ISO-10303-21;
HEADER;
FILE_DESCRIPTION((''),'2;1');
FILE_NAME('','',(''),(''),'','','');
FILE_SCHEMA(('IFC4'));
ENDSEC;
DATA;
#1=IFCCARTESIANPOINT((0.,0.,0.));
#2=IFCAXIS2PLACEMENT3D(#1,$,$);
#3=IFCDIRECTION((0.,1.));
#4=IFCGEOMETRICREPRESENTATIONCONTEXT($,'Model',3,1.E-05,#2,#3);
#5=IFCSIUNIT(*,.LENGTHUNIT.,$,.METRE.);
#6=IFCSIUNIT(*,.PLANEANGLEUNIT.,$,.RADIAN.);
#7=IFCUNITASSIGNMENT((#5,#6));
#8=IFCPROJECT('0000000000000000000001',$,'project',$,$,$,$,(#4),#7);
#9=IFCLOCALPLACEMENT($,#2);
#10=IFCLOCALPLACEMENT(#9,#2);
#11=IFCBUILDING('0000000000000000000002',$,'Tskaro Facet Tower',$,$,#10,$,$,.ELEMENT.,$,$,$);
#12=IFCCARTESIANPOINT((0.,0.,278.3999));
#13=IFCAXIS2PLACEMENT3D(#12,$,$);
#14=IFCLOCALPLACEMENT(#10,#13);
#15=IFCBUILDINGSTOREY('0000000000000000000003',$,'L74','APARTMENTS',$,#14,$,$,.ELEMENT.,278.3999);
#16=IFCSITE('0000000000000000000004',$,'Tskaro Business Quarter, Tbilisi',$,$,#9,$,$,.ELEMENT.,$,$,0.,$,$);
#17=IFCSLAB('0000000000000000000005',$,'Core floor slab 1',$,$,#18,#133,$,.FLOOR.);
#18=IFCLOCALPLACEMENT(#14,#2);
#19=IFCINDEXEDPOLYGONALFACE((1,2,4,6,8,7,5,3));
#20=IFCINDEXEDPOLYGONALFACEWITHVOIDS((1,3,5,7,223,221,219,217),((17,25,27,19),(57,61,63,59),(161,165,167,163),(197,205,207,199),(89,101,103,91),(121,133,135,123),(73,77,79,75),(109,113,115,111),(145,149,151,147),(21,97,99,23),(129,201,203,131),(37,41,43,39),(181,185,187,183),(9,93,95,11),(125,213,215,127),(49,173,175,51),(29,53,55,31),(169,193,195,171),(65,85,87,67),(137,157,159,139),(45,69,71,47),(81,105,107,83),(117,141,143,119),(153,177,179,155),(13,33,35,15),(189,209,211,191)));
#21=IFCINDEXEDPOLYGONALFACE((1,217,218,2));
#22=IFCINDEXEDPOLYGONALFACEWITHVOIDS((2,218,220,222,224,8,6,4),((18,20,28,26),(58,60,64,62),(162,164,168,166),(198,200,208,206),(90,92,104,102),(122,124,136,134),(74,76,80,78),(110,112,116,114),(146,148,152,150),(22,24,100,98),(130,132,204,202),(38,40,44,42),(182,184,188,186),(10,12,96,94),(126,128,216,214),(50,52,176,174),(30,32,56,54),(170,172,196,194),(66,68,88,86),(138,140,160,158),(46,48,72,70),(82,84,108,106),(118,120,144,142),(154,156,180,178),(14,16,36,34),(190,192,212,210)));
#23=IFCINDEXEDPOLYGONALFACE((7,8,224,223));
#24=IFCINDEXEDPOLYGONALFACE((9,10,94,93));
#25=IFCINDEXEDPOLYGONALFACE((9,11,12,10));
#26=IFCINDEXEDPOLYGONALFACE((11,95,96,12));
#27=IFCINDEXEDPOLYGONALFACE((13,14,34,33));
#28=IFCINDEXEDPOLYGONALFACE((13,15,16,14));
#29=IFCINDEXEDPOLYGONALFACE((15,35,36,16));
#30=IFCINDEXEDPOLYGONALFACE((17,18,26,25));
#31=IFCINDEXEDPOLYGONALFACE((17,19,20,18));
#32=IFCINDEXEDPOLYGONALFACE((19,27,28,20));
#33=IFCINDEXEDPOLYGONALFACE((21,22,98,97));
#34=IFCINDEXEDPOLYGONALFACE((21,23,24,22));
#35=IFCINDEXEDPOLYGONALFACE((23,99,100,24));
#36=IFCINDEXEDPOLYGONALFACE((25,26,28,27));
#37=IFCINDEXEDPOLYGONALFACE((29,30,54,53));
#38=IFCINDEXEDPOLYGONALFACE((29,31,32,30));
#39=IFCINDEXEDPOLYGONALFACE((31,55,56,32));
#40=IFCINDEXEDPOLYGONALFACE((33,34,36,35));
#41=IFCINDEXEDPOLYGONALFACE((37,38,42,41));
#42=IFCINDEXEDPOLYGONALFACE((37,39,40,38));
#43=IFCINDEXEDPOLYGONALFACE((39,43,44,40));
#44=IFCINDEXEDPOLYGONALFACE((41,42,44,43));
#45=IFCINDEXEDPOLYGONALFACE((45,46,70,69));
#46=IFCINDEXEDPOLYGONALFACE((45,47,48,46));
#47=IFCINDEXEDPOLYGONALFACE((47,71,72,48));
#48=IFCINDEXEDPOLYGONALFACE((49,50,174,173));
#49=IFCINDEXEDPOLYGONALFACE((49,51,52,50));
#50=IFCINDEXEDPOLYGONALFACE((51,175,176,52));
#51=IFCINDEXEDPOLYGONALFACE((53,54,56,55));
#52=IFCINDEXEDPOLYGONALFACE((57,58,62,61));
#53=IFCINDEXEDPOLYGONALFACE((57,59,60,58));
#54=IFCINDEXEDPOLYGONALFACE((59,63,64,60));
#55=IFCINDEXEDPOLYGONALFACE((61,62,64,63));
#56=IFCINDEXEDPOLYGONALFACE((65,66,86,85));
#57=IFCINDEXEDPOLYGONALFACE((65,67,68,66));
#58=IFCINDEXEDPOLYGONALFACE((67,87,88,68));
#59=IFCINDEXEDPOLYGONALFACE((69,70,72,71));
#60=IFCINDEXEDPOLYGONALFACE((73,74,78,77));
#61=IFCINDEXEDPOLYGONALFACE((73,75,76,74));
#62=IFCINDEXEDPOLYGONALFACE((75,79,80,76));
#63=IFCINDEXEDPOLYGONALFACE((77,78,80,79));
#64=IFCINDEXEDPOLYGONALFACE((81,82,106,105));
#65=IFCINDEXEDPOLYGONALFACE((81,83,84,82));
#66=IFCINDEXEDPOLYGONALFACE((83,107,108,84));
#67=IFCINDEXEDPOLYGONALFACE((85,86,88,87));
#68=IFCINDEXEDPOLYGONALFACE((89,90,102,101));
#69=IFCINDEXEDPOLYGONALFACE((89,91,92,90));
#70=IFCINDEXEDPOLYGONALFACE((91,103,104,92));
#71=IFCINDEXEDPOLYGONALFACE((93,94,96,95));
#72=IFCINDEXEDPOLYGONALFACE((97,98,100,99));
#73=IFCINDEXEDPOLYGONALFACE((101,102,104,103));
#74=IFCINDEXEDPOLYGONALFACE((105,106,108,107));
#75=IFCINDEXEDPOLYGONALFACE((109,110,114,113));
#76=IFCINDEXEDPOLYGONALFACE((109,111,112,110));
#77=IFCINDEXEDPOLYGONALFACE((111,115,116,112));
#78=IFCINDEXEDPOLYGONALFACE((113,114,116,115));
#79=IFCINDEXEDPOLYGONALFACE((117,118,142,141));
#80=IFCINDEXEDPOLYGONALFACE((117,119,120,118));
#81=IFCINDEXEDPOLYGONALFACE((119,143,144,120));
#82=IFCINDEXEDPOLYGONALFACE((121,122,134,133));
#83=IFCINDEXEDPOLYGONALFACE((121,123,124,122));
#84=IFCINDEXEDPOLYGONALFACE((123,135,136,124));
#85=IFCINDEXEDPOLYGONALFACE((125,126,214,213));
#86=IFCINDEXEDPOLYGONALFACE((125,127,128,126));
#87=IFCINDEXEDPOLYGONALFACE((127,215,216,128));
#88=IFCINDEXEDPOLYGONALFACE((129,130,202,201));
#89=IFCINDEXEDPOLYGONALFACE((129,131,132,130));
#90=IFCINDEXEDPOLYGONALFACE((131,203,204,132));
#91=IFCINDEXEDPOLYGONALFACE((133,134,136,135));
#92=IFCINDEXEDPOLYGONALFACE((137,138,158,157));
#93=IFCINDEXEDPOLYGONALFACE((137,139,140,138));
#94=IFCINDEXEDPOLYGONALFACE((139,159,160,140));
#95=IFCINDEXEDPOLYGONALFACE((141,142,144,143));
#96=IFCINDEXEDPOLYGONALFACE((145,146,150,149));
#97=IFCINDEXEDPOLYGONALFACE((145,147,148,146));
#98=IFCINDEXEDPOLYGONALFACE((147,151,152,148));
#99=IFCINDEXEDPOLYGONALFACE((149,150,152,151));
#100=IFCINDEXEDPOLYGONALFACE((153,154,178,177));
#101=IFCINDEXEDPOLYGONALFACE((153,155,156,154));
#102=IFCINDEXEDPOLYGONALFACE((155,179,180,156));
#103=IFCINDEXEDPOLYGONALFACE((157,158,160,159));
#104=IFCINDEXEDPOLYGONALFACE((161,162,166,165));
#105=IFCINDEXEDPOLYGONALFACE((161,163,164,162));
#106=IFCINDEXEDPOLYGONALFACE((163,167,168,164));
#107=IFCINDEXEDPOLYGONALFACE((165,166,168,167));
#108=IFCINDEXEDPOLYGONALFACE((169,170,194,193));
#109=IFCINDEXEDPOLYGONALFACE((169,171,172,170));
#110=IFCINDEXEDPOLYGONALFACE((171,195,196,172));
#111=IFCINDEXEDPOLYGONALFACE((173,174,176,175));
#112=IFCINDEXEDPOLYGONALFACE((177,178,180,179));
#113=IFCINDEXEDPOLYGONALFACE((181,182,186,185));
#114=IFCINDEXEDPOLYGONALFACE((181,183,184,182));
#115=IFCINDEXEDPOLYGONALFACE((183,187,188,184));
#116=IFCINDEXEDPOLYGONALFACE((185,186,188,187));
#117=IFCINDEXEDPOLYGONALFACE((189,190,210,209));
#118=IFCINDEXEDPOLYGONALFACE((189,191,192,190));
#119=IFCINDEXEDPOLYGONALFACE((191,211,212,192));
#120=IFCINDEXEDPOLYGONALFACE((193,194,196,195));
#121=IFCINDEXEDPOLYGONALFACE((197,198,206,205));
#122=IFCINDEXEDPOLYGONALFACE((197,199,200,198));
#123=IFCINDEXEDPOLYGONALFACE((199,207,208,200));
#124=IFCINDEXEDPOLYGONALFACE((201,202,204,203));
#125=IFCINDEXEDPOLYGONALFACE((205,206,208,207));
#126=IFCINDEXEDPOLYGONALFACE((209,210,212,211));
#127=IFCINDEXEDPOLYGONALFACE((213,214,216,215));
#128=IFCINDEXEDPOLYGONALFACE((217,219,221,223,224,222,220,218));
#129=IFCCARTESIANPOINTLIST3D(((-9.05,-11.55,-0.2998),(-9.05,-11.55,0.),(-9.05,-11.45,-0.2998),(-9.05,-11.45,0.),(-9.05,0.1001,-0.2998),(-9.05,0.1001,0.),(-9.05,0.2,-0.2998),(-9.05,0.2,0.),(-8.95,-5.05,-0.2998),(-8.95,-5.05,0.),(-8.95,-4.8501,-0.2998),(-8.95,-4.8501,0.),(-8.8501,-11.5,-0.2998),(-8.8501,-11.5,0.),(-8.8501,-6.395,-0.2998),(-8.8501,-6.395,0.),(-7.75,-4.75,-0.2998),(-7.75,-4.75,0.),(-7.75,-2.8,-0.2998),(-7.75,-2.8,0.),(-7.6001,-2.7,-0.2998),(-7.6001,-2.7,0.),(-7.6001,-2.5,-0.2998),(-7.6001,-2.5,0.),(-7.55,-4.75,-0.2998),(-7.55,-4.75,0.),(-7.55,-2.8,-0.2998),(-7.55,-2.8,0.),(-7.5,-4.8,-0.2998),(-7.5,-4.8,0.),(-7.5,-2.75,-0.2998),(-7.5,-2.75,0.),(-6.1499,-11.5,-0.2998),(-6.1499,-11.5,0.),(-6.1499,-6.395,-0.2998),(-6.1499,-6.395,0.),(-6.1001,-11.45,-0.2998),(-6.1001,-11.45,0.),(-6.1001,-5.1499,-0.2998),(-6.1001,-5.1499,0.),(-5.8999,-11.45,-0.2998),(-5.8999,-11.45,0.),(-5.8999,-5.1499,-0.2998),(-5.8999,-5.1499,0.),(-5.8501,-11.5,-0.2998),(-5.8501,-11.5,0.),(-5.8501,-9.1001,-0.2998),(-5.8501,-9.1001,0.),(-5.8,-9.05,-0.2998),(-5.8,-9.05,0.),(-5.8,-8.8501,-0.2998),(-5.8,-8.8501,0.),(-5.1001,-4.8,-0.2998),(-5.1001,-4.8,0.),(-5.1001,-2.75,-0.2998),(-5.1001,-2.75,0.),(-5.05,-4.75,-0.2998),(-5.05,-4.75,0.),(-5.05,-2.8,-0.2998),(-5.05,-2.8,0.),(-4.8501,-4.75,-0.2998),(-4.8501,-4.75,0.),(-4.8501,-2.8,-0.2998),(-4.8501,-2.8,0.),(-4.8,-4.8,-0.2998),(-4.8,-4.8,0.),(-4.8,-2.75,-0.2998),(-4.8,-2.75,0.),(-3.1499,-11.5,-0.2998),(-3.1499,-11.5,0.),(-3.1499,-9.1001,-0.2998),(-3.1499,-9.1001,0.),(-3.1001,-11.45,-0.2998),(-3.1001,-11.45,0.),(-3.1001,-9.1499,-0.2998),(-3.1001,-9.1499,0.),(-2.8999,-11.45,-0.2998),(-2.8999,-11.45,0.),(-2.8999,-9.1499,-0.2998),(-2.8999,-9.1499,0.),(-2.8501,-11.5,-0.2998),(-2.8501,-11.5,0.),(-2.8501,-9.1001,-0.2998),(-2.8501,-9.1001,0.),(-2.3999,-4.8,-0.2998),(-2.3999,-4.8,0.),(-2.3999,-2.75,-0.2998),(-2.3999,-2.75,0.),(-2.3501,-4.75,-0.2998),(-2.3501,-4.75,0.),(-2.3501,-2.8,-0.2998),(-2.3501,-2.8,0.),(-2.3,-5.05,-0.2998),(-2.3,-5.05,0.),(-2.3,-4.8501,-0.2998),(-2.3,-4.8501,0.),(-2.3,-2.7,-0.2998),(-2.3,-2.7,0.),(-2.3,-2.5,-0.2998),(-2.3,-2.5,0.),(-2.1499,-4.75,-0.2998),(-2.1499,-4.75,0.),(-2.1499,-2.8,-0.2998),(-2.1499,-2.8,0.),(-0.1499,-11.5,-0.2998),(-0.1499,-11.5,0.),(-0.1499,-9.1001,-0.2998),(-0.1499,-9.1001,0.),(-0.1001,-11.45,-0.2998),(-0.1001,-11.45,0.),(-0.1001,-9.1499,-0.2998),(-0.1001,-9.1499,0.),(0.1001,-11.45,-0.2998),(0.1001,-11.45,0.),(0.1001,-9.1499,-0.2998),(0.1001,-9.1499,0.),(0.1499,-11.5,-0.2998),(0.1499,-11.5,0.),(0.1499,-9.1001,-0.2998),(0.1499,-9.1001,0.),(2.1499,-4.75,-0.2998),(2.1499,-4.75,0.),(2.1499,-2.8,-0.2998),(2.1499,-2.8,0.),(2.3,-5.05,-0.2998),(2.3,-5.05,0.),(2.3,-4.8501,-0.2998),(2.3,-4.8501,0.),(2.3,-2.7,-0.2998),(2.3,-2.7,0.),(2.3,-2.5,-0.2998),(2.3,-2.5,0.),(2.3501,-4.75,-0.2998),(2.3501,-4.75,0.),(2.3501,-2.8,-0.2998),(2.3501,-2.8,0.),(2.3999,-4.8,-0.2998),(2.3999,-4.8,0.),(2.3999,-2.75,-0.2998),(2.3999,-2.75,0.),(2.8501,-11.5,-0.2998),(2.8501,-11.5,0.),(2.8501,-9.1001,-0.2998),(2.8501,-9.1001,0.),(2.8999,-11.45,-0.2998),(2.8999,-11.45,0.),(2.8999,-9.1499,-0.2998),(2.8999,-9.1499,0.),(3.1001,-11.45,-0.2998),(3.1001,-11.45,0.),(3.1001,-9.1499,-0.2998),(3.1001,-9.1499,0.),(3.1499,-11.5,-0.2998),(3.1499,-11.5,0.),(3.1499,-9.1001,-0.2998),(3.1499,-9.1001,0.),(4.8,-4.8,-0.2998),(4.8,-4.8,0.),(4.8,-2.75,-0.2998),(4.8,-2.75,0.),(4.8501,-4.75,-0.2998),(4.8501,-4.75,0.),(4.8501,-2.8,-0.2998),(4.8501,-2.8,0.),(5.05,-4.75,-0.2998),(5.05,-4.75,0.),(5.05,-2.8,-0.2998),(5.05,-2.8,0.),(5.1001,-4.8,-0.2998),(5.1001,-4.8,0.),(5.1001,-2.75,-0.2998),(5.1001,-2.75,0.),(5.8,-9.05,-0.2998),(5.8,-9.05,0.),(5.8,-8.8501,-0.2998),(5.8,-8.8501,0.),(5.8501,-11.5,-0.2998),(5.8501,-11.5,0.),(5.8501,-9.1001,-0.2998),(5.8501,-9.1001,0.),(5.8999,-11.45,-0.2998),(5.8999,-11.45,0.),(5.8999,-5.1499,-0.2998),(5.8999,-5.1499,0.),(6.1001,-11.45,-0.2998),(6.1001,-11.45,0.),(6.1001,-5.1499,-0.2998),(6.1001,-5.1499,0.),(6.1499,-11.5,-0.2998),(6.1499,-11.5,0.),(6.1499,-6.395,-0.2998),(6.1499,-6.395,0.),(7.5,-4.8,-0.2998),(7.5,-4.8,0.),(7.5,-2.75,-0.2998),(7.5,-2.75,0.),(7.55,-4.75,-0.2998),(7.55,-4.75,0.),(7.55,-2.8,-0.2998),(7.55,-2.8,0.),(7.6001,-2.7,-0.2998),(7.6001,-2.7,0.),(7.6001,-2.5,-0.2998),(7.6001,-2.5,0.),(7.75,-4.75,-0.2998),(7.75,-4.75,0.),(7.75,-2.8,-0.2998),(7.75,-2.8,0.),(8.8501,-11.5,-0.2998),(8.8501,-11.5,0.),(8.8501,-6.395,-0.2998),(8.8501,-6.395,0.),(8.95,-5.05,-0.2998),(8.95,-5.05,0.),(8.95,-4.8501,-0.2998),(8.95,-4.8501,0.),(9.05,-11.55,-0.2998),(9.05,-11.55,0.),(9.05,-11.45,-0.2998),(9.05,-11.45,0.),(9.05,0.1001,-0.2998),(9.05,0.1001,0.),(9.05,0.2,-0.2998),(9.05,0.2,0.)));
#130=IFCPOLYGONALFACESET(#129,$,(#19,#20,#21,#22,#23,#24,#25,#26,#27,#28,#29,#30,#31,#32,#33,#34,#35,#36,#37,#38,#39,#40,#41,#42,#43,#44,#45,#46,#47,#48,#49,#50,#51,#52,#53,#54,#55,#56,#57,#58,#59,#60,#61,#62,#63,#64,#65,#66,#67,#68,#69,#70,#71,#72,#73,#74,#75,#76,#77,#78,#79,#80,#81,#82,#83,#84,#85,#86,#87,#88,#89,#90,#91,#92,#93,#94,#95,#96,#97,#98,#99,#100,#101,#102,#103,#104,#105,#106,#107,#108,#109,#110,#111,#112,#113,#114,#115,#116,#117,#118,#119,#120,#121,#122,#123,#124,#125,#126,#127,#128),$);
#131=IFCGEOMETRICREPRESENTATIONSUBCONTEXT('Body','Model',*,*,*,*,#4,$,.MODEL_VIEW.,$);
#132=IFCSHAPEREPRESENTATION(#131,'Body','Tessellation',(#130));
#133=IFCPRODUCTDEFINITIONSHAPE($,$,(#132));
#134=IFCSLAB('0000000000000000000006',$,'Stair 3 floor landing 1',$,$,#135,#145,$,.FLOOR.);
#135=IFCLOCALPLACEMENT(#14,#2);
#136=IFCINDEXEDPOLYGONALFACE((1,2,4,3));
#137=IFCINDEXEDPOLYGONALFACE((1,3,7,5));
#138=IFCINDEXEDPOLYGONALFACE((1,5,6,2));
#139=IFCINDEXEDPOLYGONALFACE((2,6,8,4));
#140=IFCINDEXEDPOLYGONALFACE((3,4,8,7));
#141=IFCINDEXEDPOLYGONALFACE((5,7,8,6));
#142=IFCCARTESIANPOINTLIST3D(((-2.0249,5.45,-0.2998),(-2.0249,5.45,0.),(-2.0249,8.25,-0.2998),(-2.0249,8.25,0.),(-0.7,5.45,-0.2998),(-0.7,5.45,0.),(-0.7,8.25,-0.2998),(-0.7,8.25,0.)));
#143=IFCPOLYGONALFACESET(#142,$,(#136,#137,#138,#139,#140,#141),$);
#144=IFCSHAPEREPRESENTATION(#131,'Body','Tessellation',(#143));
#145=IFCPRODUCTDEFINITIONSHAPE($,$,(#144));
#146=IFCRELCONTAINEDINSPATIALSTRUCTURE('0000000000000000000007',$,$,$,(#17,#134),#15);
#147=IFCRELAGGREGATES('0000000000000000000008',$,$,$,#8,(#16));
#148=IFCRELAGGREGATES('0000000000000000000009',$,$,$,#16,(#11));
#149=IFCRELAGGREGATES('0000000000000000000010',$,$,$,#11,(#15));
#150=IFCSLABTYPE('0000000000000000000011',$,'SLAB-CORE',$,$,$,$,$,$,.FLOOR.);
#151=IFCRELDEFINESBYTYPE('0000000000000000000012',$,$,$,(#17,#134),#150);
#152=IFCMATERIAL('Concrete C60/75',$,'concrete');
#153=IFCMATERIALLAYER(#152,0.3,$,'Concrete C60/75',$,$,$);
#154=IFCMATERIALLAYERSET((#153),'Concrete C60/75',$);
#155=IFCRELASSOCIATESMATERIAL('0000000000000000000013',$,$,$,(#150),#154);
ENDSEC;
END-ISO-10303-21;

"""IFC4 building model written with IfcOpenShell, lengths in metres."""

from ifc_helpers import new_model, si_unit, direction, frame, origin, place, context, subcontext, project, spatial, polyline, outline, extrude, material, layer, layer_set, type_object, element, save


model = new_model("IFC4")

# Units and contexts
model_context = context("Model", 3, precision=1e-05, world=origin(), true_north=direction((0.0, 1.0)))
body_context = subcontext(model_context, "Body", "Model", "MODEL_VIEW")
ifc_project = project(units=[si_unit("LENGTHUNIT", "METRE"), si_unit("PLANEANGLEUNIT", "RADIAN")], contexts=[model_context])

# Site, building, storey
site_placement = place(None, origin())
site = spatial("IfcSite", under=ifc_project, at=site_placement, Name="Tskaro Business Quarter, Tbilisi", CompositionType="ELEMENT", RefElevation=0.0)
building_placement = place(site_placement, origin())
building = spatial("IfcBuilding", under=site, at=building_placement, Name="Tskaro Facet Tower", CompositionType="ELEMENT")
storey_placement = place(building_placement, frame((0.0, 0.0, 278.3999)))
storey = spatial("IfcBuildingStorey", under=building, at=storey_placement, Name="L74", Description="APARTMENTS", CompositionType="ELEMENT", Elevation=278.3999)

# Slabs
ifc_material_1 = material(Name="Concrete C60/75", Category="concrete")
ifc_layer_1 = layer(ifc_material_1, 0.3, Name="Concrete C60/75")
ifc_layer_set_1 = layer_set([ifc_layer_1], Name="Concrete C60/75")
slab_type_1 = type_object("IfcSlabType", Name="SLAB-CORE", PredefinedType="FLOOR", material=ifc_layer_set_1)
slab_1_placement = place(storey_placement, frame((0.0, 0.0, -0.2998)))
element("IfcSlab", 1, at=slab_1_placement, inside=storey, type_object=slab_type_1, Name="Core floor slab 1", PredefinedType="FLOOR", context=body_context, shape_type="SweptSolid", body=[
    extrude(outline(polyline([(-9.05, 0.2), (9.05, 0.2), (9.05, 0.1001), (9.05, -11.45), (9.05, -11.55), (-9.05, -11.55), (-9.05, -11.45), (-9.05, 0.1001), (-9.05, 0.2)]), holes=[polyline([(-5.8501, -9.1001), (-5.8501, -11.5), (-3.1499, -11.5), (-3.1499, -9.1001), (-5.8501, -9.1001)]), polyline([(-3.1001, -11.45), (-2.8999, -11.45), (-2.8999, -9.1499), (-3.1001, -9.1499), (-3.1001, -11.45)]), polyline([(-2.8501, -9.1001), (-2.8501, -11.5), (-0.1499, -11.5), (-0.1499, -9.1001), (-2.8501, -9.1001)]), polyline([(-6.1001, -11.45), (-5.8999, -11.45), (-5.8999, -5.1499), (-6.1001, -5.1499), (-6.1001, -11.45)]), polyline([(-8.95, -5.05), (-2.3, -5.05), (-2.3, -4.8501), (-8.95, -4.8501), (-8.95, -5.05)]), polyline([(-7.75, -4.75), (-7.55, -4.75), (-7.55, -2.8), (-7.75, -2.8), (-7.75, -4.75)]), polyline([(-7.5, -4.8), (-5.1001, -4.8), (-5.1001, -2.75), (-7.5, -2.75), (-7.5, -4.8)]), polyline([(-5.05, -4.75), (-4.8501, -4.75), (-4.8501, -2.8), (-5.05, -2.8), (-5.05, -4.75)]), polyline([(-2.3999, -4.8), (-2.3999, -2.75), (-4.8, -2.75), (-4.8, -4.8), (-2.3999, -4.8)]), polyline([(-2.3501, -4.75), (-2.1499, -4.75), (-2.1499, -2.8), (-2.3501, -2.8), (-2.3501, -4.75)]), polyline([(-7.6001, -2.7), (-2.3, -2.7), (-2.3, -2.5), (-7.6001, -2.5), (-7.6001, -2.7)]), polyline([(-0.1001, -11.45), (0.1001, -11.45), (0.1001, -9.1499), (-0.1001, -9.1499), (-0.1001, -11.45)]), polyline([(0.1499, -9.1001), (0.1499, -11.5), (2.8501, -11.5), (2.8501, -9.1001), (0.1499, -9.1001)]), polyline([(2.8999, -11.45), (3.1001, -11.45), (3.1001, -9.1499), (2.8999, -9.1499), (2.8999, -11.45)]), polyline([(3.1499, -9.1001), (3.1499, -11.5), (5.8501, -11.5), (5.8501, -9.1001), (3.1499, -9.1001)]), polyline([(-5.8, -9.05), (5.8, -9.05), (5.8, -8.8501), (-5.8, -8.8501), (-5.8, -9.05)]), polyline([(5.8999, -11.45), (6.1001, -11.45), (6.1001, -5.1499), (5.8999, -5.1499), (5.8999, -11.45)]), polyline([(2.3, -5.05), (8.95, -5.05), (8.95, -4.8501), (2.3, -4.8501), (2.3, -5.05)]), polyline([(2.1499, -4.75), (2.3501, -4.75), (2.3501, -2.8), (2.1499, -2.8), (2.1499, -4.75)]), polyline([(4.8, -2.75), (2.3999, -2.75), (2.3999, -4.8), (4.8, -4.8), (4.8, -2.75)]), polyline([(4.8501, -4.75), (5.05, -4.75), (5.05, -2.8), (4.8501, -2.8), (4.8501, -4.75)]), polyline([(7.5, -2.75), (5.1001, -2.75), (5.1001, -4.8), (7.5, -4.8), (7.5, -2.75)]), polyline([(7.55, -4.75), (7.75, -4.75), (7.75, -2.8), (7.55, -2.8), (7.55, -4.75)]), polyline([(2.3, -2.7), (7.6001, -2.7), (7.6001, -2.5), (2.3, -2.5), (2.3, -2.7)]), polyline([(-8.8501, -11.5), (-6.1499, -11.5), (-6.1499, -6.395), (-8.8501, -6.395), (-8.8501, -11.5)]), polyline([(6.1499, -6.395), (6.1499, -11.5), (8.8501, -11.5), (8.8501, -6.395), (6.1499, -6.395)])]), origin(), (0.0, 0.0, 1.0), 0.2998),
])
slab_2_placement = place(storey_placement, frame((0.0, 0.0, -0.2998)))
element("IfcSlab", 2, at=slab_2_placement, inside=storey, type_object=slab_type_1, Name="Stair 3 floor landing 1", PredefinedType="FLOOR", context=body_context, shape_type="SweptSolid", body=[
    extrude(outline(polyline([(-2.0249, 5.45), (-0.7, 5.45), (-0.7, 8.25), (-2.0249, 8.25), (-2.0249, 5.45)])), origin(), (0.0, 0.0, 1.0), 0.2998),
])

save(model, "model.ifc")
